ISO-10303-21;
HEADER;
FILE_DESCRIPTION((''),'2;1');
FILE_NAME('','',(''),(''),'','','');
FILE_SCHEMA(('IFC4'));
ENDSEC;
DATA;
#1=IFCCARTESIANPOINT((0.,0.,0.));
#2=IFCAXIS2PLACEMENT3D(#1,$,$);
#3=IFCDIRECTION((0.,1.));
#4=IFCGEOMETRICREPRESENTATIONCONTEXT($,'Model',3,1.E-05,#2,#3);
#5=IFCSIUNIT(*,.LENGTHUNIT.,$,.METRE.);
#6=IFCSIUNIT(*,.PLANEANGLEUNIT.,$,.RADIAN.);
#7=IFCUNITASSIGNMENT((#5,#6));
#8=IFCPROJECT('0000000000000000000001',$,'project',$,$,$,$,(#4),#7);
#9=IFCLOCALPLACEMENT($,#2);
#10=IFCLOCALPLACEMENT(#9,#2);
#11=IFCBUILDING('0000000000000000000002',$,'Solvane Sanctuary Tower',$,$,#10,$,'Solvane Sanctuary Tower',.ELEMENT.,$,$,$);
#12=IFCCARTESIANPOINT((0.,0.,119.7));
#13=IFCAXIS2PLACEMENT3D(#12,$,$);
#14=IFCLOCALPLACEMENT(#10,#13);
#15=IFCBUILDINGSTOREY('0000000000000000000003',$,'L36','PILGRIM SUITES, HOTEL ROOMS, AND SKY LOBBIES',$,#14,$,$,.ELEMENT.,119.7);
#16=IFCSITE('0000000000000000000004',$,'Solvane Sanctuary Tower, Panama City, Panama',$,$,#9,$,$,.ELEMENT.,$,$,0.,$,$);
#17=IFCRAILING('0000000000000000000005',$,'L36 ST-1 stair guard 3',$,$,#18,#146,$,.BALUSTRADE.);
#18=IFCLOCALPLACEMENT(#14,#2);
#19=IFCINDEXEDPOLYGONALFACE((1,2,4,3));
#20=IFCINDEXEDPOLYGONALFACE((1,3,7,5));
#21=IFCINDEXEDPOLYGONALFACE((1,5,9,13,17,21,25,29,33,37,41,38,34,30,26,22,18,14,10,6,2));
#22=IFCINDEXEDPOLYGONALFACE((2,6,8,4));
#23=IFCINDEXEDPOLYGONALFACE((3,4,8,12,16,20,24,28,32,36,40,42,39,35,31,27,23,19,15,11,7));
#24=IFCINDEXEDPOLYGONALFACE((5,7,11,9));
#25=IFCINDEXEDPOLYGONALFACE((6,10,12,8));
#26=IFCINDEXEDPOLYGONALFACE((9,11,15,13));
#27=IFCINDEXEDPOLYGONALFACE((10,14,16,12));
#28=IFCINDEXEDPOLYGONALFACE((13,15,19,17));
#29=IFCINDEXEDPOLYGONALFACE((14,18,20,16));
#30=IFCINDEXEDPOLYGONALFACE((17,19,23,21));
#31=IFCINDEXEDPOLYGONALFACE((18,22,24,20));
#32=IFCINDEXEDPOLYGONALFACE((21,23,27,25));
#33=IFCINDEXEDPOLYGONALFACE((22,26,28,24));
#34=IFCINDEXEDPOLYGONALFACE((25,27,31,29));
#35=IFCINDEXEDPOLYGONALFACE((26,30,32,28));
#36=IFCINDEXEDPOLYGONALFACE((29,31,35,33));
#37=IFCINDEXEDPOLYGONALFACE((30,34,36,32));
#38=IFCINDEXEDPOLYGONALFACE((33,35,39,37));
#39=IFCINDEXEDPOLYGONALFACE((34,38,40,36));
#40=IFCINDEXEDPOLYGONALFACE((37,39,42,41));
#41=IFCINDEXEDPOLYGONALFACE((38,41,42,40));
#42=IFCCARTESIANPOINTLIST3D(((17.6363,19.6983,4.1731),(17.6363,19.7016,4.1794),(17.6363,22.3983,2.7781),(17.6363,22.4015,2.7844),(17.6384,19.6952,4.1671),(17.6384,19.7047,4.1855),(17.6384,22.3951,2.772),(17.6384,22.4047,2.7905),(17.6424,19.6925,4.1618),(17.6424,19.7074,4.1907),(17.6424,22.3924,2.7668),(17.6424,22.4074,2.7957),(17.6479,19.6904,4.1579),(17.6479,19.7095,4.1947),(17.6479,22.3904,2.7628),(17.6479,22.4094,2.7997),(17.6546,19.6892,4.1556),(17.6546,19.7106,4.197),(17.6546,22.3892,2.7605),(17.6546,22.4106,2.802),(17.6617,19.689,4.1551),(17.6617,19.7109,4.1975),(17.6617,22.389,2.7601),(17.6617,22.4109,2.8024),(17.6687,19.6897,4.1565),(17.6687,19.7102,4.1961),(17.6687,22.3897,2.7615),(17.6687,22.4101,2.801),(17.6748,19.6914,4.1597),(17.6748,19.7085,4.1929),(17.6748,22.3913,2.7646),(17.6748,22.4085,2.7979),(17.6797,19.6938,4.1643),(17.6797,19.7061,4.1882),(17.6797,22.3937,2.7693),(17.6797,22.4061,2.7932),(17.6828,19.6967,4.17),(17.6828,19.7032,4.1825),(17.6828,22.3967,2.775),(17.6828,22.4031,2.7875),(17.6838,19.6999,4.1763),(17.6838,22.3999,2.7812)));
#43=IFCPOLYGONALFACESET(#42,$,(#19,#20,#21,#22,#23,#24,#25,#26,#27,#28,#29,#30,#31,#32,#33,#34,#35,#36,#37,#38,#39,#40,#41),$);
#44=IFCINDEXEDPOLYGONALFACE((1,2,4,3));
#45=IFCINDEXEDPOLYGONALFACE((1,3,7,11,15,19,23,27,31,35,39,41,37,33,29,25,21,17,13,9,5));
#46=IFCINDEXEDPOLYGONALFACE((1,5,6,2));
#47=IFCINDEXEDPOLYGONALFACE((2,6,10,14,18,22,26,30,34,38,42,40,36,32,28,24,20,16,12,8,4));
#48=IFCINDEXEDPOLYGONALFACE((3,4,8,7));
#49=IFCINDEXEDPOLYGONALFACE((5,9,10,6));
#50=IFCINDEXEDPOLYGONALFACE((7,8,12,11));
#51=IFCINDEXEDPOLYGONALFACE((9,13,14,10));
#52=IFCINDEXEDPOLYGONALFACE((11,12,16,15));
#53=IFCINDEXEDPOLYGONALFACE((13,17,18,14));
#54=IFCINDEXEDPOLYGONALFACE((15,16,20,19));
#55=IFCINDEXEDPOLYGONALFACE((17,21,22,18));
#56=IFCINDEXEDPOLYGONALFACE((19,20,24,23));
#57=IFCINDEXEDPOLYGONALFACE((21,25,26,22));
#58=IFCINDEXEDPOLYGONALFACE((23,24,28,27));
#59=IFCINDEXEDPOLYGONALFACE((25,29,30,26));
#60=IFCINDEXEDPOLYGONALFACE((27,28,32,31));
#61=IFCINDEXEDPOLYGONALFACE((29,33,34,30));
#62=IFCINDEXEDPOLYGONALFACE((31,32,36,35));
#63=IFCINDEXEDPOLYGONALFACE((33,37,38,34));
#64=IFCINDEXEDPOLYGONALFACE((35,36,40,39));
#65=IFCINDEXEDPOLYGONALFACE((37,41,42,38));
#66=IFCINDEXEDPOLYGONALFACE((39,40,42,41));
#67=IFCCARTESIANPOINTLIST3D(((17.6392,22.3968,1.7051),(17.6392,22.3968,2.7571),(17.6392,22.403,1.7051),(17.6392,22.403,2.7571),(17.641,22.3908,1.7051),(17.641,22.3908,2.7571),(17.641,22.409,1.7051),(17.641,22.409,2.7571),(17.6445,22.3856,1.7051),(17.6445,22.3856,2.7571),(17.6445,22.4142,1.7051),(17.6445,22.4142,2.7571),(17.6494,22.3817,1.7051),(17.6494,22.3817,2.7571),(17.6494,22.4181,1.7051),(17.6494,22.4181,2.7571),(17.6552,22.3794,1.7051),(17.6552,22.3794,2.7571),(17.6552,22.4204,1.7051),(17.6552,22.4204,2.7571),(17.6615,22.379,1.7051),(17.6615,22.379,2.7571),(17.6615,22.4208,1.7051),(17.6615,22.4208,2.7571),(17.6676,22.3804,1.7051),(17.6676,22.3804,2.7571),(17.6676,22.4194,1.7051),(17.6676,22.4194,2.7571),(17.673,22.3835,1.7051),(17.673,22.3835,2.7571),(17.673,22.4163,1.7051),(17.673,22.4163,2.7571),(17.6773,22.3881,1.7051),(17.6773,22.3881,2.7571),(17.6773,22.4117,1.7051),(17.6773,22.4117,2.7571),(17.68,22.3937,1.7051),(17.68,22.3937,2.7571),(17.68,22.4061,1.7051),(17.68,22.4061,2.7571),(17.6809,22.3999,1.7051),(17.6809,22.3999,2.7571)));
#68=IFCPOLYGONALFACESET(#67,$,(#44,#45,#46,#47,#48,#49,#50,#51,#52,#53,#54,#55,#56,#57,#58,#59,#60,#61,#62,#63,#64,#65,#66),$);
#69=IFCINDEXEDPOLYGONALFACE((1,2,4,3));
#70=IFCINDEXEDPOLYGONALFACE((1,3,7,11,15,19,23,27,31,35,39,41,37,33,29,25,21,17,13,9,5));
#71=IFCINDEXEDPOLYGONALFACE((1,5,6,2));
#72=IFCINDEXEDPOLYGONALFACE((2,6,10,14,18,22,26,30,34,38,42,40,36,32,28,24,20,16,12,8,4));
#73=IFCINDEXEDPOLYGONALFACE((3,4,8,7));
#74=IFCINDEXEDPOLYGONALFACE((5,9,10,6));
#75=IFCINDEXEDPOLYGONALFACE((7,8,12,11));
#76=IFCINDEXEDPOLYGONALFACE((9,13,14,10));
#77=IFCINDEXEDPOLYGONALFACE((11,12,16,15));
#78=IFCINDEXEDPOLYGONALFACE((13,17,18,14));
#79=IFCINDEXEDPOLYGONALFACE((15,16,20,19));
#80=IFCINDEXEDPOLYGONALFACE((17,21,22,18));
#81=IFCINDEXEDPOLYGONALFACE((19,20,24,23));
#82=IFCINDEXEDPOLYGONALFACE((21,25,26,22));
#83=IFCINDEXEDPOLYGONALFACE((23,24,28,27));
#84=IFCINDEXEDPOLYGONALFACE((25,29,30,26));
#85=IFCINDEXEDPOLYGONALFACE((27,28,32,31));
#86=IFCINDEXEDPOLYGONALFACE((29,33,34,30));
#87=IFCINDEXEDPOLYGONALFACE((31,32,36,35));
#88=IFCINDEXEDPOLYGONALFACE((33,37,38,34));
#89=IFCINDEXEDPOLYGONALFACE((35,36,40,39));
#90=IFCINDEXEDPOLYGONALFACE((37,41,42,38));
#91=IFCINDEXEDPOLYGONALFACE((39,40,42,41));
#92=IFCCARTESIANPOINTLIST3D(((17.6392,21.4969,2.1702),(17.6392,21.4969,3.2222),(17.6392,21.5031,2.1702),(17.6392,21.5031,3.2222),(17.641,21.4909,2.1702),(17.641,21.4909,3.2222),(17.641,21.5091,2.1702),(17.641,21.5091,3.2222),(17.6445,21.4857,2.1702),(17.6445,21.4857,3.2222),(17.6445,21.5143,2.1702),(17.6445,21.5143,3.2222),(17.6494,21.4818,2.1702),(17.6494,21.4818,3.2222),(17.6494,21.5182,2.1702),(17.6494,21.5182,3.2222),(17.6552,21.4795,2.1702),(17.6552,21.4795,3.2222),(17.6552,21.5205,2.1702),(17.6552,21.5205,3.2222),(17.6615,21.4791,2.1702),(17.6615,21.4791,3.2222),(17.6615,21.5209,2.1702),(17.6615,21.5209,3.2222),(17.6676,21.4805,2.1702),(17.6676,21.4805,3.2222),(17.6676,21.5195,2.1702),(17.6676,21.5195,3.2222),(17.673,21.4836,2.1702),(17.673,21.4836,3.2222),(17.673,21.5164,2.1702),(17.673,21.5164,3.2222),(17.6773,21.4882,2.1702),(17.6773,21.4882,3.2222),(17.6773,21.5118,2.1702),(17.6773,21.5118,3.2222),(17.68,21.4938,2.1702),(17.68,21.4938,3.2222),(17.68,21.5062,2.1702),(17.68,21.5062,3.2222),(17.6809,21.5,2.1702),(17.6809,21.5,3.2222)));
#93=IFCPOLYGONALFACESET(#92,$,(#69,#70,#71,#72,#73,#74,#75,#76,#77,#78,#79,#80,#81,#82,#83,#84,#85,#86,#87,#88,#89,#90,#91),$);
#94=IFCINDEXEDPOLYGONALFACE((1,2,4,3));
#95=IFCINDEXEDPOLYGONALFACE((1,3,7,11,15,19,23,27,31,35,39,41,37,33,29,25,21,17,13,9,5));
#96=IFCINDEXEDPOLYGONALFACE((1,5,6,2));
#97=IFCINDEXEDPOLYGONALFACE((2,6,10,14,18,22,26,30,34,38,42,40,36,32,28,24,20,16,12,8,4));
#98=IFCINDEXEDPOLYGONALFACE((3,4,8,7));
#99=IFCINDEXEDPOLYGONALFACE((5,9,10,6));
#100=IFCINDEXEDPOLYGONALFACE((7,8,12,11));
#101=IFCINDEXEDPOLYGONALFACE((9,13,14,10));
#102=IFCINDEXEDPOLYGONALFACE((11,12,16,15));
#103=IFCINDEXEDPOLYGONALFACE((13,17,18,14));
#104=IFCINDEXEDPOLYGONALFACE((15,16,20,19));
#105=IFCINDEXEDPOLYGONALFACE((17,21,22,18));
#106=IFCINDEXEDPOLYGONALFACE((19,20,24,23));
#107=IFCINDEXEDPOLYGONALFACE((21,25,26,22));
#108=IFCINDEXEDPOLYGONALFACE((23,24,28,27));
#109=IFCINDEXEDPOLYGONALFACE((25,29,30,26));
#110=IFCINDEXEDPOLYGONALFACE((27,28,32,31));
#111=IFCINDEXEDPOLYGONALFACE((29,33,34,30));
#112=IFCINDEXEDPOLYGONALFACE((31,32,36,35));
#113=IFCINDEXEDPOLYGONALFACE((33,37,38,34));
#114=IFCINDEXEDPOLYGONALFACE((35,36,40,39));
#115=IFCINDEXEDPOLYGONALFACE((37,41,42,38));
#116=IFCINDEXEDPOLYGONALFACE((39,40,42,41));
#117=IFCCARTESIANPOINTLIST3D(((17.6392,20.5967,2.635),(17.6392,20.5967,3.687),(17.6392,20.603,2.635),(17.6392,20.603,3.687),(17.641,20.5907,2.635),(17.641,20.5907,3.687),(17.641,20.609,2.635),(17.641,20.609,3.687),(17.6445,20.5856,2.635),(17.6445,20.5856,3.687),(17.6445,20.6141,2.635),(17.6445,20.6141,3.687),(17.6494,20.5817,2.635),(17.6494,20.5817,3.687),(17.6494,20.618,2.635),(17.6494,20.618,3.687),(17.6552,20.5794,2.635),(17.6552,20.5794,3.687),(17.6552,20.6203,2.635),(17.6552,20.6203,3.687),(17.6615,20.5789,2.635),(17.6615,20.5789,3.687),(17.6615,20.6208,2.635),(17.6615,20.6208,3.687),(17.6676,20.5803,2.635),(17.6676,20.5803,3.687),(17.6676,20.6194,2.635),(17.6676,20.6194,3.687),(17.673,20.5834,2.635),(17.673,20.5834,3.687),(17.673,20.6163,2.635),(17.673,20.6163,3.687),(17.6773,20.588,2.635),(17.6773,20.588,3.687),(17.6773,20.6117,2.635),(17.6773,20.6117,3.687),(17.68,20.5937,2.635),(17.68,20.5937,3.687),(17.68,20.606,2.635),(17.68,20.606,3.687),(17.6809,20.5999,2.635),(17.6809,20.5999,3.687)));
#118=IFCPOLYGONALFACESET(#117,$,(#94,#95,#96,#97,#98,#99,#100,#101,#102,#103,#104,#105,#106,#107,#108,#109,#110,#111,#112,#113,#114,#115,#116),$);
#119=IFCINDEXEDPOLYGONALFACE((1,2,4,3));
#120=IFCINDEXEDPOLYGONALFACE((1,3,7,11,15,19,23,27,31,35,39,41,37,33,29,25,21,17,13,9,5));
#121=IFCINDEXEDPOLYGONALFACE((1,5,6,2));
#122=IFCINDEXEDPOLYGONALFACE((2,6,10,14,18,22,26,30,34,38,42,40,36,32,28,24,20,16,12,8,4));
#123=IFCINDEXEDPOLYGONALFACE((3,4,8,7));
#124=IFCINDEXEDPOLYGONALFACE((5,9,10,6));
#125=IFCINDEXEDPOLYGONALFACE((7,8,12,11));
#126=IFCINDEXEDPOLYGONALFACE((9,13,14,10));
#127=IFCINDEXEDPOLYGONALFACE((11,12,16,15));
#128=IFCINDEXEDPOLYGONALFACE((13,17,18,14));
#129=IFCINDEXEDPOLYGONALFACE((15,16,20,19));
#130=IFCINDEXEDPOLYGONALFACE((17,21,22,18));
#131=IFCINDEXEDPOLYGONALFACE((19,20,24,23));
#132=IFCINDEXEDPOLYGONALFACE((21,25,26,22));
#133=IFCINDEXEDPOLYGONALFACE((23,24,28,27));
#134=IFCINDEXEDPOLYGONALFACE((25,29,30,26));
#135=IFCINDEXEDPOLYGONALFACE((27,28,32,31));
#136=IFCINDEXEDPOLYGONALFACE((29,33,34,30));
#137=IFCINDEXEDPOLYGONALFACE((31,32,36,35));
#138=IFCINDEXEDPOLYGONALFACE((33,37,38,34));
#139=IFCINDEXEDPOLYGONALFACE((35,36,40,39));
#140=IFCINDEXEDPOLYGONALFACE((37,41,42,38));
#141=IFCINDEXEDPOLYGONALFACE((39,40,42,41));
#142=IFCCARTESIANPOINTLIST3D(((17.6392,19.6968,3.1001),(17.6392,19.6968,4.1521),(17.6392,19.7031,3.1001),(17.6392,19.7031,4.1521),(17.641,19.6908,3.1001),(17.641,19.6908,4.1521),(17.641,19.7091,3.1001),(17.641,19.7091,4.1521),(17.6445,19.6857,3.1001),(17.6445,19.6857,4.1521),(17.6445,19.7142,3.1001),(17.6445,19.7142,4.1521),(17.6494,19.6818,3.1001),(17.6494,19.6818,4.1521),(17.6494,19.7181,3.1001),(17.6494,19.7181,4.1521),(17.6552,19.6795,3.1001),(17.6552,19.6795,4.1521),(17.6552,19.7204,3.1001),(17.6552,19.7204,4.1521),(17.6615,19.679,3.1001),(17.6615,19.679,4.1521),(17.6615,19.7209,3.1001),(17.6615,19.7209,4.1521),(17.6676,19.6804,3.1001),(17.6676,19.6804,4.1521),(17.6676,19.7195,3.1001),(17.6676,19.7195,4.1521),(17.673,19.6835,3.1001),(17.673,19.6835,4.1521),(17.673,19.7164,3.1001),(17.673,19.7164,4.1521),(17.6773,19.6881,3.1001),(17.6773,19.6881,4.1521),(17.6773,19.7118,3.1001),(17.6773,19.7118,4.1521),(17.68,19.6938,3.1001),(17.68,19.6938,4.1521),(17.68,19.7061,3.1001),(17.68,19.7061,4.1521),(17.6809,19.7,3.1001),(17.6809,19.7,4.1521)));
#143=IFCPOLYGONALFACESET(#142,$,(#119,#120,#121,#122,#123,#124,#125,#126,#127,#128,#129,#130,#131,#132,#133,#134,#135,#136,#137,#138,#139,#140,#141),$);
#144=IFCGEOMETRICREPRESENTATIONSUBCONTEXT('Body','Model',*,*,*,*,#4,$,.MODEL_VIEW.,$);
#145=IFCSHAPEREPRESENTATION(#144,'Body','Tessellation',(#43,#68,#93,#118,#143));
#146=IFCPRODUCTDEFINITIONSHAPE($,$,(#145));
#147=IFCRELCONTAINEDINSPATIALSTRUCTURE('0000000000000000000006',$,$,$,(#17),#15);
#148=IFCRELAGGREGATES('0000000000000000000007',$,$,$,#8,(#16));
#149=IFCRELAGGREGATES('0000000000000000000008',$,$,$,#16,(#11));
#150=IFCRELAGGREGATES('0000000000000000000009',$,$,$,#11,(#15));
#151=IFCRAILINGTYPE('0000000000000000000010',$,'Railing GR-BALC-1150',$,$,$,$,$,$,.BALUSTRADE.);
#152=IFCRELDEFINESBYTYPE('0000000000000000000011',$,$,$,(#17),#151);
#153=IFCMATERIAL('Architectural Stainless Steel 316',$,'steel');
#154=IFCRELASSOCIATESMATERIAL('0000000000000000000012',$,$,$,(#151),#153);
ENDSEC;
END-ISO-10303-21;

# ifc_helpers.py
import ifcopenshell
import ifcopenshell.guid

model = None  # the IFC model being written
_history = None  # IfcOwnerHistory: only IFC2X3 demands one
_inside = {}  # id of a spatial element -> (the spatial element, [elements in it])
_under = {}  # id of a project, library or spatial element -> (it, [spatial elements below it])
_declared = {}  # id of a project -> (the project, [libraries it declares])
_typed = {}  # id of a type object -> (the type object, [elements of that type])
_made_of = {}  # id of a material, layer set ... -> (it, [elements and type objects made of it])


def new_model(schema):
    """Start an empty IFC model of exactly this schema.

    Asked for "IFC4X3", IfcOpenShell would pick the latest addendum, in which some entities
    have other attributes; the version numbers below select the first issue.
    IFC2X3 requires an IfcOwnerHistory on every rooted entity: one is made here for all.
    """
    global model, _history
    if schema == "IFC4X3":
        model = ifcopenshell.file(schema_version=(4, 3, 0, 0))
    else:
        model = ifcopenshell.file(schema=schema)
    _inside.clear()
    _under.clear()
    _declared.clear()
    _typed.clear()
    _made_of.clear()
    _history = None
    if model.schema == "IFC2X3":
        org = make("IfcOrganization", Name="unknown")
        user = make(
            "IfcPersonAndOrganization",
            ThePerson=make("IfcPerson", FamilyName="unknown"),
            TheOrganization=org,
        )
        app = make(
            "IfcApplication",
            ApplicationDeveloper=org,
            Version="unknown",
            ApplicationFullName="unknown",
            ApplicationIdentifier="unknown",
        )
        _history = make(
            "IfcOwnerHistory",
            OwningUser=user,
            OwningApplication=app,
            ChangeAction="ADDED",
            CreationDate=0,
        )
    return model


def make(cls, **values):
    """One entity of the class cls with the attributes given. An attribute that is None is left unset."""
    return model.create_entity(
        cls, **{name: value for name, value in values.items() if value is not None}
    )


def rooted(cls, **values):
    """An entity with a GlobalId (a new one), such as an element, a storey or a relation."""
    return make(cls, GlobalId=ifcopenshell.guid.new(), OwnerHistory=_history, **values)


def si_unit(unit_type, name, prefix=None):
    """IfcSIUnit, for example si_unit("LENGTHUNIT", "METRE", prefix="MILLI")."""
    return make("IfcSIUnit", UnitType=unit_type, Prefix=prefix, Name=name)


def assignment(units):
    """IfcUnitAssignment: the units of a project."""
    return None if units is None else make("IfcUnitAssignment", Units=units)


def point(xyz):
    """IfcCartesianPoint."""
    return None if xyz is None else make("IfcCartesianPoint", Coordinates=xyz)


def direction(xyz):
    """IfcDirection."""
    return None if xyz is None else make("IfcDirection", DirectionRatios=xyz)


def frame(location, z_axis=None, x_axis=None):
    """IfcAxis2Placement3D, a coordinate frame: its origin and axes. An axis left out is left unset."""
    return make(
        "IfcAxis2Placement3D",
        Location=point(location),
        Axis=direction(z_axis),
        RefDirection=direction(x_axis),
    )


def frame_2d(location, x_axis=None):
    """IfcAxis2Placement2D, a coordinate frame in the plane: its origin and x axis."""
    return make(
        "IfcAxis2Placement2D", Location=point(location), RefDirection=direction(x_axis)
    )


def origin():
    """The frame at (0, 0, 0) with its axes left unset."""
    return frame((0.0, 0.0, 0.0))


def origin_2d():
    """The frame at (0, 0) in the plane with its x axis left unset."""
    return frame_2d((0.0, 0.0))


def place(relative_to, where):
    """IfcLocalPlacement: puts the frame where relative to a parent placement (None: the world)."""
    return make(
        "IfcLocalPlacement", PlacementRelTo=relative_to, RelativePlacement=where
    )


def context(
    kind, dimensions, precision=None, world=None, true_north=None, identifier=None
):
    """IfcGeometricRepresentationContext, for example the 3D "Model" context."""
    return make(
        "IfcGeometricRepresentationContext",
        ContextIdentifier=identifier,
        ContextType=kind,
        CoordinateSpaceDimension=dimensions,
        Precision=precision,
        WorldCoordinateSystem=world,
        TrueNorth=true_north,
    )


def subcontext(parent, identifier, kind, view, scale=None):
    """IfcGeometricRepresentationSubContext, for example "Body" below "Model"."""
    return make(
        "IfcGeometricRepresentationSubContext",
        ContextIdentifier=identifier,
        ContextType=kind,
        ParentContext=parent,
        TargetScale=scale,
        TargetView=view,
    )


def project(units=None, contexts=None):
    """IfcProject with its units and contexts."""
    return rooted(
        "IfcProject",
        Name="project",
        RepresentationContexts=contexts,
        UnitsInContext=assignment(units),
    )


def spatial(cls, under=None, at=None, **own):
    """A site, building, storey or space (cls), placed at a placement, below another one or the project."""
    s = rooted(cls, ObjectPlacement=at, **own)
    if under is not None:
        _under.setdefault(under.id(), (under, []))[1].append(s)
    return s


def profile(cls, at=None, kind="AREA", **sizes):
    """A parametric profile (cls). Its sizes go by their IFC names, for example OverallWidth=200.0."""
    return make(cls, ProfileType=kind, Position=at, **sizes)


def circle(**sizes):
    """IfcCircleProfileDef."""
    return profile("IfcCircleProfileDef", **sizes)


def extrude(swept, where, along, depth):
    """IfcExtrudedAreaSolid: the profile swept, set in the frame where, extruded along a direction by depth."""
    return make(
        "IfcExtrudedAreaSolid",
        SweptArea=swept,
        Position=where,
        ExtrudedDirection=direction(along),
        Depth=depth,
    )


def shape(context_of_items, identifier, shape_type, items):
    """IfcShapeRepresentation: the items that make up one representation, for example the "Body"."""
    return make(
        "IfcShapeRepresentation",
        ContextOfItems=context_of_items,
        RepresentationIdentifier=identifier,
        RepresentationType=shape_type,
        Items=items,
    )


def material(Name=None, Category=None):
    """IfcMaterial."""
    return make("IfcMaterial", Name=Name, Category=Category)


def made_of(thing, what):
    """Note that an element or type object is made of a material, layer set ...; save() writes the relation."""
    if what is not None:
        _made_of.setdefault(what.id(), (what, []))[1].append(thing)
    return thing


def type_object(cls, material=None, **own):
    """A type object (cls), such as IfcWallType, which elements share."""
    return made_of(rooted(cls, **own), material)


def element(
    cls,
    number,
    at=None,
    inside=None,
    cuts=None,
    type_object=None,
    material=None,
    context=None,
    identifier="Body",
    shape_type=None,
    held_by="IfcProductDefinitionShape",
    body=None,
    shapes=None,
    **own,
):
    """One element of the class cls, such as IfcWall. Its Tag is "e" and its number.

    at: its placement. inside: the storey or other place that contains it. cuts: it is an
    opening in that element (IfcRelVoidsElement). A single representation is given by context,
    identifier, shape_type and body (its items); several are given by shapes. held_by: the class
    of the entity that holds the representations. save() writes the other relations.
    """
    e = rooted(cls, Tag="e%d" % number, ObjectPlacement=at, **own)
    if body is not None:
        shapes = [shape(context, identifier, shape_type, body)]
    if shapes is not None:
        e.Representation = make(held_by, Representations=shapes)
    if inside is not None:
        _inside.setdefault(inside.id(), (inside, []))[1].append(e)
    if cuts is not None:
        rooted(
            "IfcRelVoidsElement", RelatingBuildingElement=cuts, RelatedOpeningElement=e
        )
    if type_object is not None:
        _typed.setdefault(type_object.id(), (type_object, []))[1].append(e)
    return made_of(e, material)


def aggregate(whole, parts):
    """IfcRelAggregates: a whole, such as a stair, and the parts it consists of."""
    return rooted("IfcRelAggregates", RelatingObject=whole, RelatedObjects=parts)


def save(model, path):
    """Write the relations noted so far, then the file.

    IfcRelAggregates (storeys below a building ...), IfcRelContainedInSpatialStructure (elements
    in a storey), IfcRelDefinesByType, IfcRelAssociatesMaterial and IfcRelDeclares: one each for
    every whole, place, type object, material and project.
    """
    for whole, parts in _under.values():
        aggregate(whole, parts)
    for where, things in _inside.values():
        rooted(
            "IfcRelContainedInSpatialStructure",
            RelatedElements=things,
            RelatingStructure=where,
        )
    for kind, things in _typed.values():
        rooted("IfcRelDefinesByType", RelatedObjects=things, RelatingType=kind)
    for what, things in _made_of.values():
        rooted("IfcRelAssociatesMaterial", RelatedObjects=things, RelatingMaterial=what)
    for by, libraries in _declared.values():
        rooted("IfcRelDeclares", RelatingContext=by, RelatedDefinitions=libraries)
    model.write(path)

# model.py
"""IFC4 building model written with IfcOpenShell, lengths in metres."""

from ifc_helpers import new_model, si_unit, direction, frame, origin, origin_2d, place, context, subcontext, project, spatial, circle, extrude, material, type_object, element, save


model = new_model("IFC4")

# Units and contexts
model_context = context("Model", 3, precision=1e-05, world=origin(), true_north=direction((0.0, 1.0)))
body_context = subcontext(model_context, "Body", "Model", "MODEL_VIEW")
ifc_project = project(units=[si_unit("LENGTHUNIT", "METRE"), si_unit("PLANEANGLEUNIT", "RADIAN")], contexts=[model_context])

# Site, building, storey
site_placement = place(None, origin())
site = spatial("IfcSite", under=ifc_project, at=site_placement, Name="Solvane Sanctuary Tower, Panama City, Panama", CompositionType="ELEMENT", RefElevation=0.0)
building_placement = place(site_placement, origin())
building = spatial("IfcBuilding", under=site, at=building_placement, Name="Solvane Sanctuary Tower", LongName="Solvane Sanctuary Tower", CompositionType="ELEMENT")
storey_placement = place(building_placement, frame((0.0, 0.0, 119.7)))
storey = spatial("IfcBuildingStorey", under=building, at=storey_placement, Name="L36", Description="PILGRIM SUITES, HOTEL ROOMS, AND SKY LOBBIES", CompositionType="ELEMENT", Elevation=119.7)

# Shared definitions
ifc_material_1 = material(Name="Architectural Stainless Steel 316", Category="steel")

# Railing
railing_type_1 = type_object("IfcRailingType", Name="Railing GR-BALC-1150", PredefinedType="BALUSTRADE", material=ifc_material_1)
railing_1_placement = place(storey_placement, frame((17.6599, 22.3999, 1.7051)))
element("IfcRailing", 1, at=railing_1_placement, inside=storey, type_object=railing_type_1, Name="L36 ST-1 stair guard 3", PredefinedType="BALUSTRADE", context=body_context, shape_type="SweptSolid", body=[
    extrude(circle(Radius=0.0239, at=origin_2d()), frame((0.0, 0.0, 1.0762), z_axis=(0.0, -0.88842, 0.459032), x_axis=(1.0, 0.0, 0.0)), (0.0, 0.0, 1.0), 3.0391),
    extrude(circle(Radius=0.021, at=origin_2d()), origin(), (0.0, 0.0, 1.0), 1.052),
    extrude(circle(Radius=0.021, at=origin_2d()), frame((0.0, -0.8999, 0.4651)), (0.0, 0.0, 1.0), 1.052),
    extrude(circle(Radius=0.021, at=origin_2d()), frame((0.0, -1.8, 0.9299)), (0.0, 0.0, 1.0), 1.052),
    extrude(circle(Radius=0.021, at=origin_2d()), frame((0.0, -2.7, 1.395)), (0.0, 0.0, 1.0), 1.052),
])

save(model, "model.ifc")
